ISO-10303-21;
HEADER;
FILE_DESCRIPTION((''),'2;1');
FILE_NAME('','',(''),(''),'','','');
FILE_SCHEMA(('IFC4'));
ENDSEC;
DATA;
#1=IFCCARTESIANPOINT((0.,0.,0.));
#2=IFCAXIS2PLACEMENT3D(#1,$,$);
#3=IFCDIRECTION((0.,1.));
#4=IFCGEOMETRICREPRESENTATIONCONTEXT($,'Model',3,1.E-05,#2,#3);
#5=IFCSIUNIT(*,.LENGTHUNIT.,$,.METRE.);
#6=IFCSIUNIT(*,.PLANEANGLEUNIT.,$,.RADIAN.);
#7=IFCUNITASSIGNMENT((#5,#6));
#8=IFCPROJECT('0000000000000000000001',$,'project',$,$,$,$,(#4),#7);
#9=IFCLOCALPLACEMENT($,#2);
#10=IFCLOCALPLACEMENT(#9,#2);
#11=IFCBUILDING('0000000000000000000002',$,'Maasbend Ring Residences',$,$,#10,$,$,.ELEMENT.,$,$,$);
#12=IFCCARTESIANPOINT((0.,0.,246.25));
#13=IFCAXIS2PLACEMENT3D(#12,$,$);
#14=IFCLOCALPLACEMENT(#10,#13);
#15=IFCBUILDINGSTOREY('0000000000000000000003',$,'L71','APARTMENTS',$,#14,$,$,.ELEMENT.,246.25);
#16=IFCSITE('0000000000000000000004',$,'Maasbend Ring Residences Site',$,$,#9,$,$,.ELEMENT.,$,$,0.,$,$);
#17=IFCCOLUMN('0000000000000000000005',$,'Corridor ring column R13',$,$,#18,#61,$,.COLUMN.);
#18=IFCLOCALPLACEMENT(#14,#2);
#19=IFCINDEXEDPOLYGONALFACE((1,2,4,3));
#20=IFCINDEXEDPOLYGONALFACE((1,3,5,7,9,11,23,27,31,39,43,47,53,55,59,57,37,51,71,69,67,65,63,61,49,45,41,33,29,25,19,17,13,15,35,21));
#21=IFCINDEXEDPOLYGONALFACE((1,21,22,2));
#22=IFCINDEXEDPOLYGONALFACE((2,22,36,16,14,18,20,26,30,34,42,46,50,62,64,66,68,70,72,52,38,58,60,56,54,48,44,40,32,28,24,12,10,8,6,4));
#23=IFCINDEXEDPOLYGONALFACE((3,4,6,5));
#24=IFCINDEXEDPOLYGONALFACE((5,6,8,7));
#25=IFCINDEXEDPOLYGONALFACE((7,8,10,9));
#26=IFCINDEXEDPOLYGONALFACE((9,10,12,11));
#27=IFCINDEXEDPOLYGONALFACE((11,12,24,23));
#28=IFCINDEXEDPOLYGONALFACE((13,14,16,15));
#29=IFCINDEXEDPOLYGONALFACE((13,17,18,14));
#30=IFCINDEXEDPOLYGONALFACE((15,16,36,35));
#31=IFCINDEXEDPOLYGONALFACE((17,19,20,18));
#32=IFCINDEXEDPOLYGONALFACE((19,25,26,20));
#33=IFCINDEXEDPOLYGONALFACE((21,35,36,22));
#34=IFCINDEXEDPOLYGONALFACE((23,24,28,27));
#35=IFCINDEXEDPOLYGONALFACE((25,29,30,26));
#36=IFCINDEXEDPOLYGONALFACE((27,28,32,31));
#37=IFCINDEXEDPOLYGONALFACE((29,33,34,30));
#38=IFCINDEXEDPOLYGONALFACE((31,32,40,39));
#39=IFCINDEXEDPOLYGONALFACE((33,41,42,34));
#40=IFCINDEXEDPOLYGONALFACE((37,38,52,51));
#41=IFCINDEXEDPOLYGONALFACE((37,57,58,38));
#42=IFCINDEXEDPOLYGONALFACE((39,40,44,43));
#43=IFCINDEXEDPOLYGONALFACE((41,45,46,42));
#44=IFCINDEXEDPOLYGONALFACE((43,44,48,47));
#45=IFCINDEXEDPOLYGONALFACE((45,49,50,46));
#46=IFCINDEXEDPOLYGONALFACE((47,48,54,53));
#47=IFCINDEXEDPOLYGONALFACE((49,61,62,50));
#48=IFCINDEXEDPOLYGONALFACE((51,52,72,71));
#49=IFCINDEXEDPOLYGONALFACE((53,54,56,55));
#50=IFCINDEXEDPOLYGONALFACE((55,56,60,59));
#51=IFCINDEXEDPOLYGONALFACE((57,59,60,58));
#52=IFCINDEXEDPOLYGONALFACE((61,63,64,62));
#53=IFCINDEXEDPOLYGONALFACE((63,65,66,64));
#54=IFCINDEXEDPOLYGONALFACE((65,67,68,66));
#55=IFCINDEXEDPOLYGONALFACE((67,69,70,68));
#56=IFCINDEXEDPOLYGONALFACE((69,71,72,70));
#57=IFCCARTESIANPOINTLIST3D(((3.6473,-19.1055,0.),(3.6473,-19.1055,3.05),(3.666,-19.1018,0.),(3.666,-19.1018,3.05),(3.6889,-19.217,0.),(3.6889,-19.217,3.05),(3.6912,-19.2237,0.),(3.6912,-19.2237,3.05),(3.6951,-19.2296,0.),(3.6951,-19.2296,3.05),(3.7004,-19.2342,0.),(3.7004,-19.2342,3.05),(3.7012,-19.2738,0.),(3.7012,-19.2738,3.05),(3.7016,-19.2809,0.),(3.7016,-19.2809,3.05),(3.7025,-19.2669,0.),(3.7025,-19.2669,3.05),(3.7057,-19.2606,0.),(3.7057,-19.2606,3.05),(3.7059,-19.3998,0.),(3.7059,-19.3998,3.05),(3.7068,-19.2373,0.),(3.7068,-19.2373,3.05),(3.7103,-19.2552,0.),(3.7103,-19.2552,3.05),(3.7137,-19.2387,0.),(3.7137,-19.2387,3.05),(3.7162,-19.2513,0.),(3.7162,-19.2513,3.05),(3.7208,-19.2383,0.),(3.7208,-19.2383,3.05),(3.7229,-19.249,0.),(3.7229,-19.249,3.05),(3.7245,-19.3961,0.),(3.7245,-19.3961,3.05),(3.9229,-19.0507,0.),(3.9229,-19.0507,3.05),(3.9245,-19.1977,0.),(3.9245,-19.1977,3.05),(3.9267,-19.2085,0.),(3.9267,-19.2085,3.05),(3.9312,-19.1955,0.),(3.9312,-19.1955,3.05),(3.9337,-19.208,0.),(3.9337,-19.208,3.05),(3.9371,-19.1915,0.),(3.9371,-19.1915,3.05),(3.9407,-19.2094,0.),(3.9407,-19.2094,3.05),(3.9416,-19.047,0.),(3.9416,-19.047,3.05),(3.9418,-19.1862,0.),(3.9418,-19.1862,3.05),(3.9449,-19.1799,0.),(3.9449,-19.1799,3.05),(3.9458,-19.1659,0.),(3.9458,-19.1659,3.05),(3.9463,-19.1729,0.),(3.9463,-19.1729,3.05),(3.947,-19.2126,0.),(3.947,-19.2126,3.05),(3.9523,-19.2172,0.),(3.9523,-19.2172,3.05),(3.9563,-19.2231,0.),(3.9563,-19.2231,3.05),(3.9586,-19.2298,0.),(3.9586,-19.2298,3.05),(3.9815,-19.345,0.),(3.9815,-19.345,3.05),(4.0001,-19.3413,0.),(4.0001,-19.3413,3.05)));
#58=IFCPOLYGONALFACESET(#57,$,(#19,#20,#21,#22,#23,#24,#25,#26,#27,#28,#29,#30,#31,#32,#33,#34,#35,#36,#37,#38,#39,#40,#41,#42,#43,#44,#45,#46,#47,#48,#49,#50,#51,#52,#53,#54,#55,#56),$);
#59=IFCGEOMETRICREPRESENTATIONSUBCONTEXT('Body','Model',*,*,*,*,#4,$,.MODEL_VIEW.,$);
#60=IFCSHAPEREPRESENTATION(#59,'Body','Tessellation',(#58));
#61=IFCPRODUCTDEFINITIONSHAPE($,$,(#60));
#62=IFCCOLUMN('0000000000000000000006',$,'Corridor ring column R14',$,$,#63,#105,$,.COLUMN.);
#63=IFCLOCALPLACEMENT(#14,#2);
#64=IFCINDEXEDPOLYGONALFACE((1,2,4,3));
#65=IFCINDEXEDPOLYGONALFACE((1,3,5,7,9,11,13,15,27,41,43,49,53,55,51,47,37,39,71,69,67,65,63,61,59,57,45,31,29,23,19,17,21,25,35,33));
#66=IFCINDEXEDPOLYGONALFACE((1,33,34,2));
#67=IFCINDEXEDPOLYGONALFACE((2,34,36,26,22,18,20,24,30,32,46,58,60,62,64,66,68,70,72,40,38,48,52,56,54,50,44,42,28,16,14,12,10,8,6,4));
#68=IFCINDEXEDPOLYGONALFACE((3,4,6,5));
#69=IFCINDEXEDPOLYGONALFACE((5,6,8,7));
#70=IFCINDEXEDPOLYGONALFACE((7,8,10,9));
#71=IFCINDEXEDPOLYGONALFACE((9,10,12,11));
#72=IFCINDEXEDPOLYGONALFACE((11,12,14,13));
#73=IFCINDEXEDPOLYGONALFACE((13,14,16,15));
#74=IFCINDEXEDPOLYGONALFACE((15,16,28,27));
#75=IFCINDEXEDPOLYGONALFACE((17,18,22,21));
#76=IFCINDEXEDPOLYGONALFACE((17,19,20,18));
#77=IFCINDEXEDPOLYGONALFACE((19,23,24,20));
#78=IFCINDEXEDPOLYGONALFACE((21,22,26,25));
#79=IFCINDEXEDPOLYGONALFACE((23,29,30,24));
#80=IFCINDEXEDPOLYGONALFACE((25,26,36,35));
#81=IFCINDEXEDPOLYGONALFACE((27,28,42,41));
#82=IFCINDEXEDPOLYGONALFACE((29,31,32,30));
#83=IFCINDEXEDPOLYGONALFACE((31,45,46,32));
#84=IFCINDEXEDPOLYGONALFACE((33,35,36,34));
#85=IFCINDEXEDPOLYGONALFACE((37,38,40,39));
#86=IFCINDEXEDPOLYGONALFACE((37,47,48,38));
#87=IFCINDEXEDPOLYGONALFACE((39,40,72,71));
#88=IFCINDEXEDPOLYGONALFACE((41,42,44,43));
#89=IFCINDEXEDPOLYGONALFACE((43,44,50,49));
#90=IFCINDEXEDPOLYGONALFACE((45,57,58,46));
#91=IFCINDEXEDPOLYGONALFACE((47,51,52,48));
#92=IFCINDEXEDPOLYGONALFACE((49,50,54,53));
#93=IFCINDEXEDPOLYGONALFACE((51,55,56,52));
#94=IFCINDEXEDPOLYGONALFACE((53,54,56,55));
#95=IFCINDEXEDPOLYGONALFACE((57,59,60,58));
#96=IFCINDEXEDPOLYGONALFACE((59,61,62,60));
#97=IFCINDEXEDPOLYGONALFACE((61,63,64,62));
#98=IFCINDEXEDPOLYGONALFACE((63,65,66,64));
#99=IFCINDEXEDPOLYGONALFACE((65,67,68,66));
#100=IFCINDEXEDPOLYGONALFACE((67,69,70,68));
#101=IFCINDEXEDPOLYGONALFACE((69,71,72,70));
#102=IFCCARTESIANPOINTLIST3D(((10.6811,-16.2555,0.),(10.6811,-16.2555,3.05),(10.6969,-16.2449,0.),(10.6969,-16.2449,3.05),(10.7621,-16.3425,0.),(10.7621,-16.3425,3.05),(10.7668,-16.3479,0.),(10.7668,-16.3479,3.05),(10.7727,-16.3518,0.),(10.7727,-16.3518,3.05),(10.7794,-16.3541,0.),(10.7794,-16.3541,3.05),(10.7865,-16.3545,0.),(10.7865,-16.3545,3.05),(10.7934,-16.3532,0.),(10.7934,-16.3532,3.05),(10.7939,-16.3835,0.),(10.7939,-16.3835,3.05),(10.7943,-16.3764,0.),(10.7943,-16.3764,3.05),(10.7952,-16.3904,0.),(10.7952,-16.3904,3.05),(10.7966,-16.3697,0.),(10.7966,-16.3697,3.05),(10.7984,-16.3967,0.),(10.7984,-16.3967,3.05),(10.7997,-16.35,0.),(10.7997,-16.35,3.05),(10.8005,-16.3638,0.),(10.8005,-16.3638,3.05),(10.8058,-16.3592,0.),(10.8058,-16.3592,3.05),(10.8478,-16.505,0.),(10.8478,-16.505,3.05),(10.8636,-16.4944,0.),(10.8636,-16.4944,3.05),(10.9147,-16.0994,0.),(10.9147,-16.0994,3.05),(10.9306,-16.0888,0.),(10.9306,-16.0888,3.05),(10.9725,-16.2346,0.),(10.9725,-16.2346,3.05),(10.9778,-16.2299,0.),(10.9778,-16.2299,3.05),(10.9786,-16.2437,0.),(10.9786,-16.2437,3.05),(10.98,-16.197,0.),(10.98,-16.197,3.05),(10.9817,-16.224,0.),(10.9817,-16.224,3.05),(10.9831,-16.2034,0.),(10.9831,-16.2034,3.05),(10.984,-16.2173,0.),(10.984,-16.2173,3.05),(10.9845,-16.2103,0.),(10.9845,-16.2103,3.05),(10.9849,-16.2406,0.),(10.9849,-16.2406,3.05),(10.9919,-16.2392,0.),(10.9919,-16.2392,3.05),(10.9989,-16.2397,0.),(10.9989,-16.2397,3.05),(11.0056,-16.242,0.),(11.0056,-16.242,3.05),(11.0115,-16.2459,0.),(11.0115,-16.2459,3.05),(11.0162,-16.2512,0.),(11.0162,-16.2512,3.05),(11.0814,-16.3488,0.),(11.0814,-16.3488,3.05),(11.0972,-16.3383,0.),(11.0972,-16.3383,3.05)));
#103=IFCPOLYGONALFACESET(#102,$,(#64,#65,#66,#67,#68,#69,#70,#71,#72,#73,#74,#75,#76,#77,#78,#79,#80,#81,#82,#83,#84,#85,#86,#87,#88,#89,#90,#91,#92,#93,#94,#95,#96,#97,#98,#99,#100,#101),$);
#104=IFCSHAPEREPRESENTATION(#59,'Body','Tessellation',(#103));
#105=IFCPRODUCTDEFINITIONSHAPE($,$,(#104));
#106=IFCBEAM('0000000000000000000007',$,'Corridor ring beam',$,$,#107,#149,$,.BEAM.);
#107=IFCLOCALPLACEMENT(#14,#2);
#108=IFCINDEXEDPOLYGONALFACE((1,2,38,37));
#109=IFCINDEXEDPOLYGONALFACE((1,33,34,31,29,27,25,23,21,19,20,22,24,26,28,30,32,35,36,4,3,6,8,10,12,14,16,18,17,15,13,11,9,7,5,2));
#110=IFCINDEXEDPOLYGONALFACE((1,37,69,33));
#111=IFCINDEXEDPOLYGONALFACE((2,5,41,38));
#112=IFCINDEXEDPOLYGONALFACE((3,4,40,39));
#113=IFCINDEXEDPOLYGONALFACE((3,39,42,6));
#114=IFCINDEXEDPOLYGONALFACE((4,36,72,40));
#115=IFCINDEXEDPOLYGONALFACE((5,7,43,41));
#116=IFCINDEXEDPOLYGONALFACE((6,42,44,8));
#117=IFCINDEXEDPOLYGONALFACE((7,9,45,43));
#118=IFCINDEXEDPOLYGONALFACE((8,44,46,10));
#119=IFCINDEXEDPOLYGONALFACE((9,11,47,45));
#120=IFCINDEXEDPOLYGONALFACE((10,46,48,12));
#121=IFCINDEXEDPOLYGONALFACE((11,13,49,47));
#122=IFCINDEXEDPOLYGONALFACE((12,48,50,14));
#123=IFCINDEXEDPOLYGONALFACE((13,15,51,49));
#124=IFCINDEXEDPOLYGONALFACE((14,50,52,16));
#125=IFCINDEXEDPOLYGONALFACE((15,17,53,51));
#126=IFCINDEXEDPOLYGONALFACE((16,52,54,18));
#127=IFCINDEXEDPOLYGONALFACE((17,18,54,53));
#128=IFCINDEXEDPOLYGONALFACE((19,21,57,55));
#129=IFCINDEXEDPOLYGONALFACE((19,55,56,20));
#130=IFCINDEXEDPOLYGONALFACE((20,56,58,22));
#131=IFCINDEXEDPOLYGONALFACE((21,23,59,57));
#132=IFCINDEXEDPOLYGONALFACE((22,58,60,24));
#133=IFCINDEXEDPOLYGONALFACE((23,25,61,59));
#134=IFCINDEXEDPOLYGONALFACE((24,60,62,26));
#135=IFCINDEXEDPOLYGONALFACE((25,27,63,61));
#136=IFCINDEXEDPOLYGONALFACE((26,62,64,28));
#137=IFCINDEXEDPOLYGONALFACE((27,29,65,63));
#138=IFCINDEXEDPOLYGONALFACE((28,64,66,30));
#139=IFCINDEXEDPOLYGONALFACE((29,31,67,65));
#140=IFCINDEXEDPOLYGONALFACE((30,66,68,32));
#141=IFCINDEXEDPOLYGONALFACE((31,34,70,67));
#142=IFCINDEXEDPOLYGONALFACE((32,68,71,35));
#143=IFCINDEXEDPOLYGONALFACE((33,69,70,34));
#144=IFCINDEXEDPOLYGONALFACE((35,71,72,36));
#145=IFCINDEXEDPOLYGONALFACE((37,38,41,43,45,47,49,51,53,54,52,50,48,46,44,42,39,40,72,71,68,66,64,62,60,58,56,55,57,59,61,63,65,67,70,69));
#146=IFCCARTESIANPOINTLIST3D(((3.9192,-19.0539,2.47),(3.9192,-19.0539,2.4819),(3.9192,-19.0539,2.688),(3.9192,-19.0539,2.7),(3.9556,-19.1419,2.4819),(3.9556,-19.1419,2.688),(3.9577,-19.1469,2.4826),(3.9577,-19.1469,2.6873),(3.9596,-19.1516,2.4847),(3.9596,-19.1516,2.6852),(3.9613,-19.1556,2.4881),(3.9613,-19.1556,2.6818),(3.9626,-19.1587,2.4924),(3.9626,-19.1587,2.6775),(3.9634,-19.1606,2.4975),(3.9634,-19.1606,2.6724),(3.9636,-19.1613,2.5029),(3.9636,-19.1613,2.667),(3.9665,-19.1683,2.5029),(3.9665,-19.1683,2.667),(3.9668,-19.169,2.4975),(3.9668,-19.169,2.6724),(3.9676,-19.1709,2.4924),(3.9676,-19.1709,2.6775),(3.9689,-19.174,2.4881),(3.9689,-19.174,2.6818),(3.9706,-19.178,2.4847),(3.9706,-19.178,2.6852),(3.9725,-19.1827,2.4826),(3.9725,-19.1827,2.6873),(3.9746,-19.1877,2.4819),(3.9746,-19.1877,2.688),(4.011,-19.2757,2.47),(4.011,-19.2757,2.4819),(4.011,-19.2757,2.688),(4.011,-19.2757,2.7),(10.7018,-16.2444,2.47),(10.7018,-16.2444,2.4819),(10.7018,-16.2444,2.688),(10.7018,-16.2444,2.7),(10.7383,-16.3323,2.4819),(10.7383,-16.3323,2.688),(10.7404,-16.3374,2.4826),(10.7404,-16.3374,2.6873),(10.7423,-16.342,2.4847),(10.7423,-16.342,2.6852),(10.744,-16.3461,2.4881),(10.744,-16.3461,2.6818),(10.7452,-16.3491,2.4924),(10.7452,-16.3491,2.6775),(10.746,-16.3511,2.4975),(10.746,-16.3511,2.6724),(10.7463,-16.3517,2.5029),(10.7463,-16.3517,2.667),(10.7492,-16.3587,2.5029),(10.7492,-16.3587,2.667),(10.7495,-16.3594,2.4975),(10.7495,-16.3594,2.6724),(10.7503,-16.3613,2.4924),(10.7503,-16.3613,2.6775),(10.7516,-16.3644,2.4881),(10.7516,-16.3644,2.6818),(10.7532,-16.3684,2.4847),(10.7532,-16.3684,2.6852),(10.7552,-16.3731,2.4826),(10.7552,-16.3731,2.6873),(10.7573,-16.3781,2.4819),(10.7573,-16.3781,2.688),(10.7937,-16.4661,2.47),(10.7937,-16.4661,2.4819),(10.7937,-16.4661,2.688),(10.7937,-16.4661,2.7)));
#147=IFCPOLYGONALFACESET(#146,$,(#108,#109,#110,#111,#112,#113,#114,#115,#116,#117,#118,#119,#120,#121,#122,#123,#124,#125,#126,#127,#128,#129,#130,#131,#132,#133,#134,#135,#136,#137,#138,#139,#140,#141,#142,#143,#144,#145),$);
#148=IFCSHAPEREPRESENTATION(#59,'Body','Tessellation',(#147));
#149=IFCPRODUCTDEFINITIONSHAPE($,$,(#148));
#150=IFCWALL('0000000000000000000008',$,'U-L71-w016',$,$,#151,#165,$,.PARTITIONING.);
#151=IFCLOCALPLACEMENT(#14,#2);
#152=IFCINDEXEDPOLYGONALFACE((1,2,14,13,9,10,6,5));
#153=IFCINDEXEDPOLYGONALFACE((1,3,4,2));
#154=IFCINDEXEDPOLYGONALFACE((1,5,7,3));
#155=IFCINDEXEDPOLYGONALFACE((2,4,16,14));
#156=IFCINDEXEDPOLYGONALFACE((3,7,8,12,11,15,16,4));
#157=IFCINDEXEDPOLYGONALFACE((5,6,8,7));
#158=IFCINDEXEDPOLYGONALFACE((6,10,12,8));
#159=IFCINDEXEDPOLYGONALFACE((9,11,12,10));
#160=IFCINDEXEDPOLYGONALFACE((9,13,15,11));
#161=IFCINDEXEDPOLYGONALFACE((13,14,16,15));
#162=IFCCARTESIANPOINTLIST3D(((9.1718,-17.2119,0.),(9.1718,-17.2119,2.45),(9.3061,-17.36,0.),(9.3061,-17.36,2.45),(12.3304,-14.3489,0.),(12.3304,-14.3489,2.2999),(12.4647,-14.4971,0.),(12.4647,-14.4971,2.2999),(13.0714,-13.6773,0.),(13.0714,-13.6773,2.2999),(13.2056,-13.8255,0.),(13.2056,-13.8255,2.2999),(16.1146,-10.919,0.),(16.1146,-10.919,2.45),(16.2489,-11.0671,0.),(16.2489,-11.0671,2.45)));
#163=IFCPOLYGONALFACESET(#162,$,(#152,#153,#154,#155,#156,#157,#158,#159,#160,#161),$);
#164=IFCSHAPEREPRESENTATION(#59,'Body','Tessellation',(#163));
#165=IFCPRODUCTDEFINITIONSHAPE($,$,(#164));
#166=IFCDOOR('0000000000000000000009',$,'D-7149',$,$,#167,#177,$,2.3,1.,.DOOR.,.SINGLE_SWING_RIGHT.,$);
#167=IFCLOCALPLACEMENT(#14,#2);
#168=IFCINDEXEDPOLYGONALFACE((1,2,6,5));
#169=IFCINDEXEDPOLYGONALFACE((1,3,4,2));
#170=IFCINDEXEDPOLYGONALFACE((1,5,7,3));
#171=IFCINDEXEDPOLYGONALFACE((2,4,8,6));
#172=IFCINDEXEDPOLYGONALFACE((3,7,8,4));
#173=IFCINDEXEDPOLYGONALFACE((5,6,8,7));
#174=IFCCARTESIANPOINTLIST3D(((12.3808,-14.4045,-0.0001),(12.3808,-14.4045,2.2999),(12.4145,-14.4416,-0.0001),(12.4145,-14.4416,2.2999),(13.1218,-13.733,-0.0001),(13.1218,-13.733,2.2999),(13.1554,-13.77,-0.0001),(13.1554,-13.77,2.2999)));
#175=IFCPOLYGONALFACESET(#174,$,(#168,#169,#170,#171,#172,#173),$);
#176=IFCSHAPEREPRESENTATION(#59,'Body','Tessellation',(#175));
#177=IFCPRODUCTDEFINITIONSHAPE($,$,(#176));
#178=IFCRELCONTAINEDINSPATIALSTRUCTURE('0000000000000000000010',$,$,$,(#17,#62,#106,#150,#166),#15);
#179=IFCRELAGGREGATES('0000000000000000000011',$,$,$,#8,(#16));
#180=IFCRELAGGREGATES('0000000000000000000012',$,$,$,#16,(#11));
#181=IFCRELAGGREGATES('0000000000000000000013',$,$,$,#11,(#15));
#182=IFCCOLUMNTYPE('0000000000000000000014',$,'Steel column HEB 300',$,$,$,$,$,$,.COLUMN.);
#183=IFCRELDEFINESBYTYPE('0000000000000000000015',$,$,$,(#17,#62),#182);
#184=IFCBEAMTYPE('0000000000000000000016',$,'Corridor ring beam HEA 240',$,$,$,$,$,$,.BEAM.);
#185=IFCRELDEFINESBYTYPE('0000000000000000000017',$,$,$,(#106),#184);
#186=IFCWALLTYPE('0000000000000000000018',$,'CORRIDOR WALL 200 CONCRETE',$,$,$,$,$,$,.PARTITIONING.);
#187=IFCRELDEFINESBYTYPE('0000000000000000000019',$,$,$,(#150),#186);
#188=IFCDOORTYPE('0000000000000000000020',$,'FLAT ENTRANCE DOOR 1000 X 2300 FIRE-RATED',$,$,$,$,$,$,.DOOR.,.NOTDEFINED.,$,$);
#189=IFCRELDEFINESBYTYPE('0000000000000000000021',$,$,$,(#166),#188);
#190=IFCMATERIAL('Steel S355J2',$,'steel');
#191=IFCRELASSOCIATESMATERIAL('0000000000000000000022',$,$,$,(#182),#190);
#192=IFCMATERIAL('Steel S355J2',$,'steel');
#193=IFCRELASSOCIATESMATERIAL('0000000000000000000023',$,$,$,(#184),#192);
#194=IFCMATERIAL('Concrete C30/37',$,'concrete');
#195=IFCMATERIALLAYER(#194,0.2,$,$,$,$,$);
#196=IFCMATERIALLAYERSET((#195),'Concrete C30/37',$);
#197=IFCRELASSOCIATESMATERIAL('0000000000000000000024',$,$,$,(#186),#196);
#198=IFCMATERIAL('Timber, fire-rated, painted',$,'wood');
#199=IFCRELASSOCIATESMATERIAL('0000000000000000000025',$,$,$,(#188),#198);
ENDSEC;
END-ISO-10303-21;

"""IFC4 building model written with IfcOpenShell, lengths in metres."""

from ifc_helpers import new_model, si_unit, direction, frame, frame_2d, origin, origin_2d, place, context, subcontext, project, spatial, rectangle, i_section, extrude, material, layer, layer_set, material_profile, profile_set, type_object, element, fill, save


model = new_model("IFC4")

# Units and contexts
model_context = context("Model", 3, precision=1e-05, world=origin(), true_north=direction((0.0, 1.0)))
body_context = subcontext(model_context, "Body", "Model", "MODEL_VIEW")
ifc_project = project(units=[si_unit("LENGTHUNIT", "METRE"), si_unit("PLANEANGLEUNIT", "RADIAN")], contexts=[model_context])

# Site, building, storey
site_placement = place(None, origin())
site = spatial("IfcSite", under=ifc_project, at=site_placement, Name="Maasbend Ring Residences Site", CompositionType="ELEMENT", RefElevation=0.0)
building_placement = place(site_placement, origin())
building = spatial("IfcBuilding", under=site, at=building_placement, Name="Maasbend Ring Residences", CompositionType="ELEMENT")
storey_placement = place(building_placement, frame((0.0, 0.0, 246.25)))
storey = spatial("IfcBuildingStorey", under=building, at=storey_placement, Name="L71", Description="APARTMENTS", CompositionType="ELEMENT", Elevation=246.25)

# Columns
ifc_material_1 = material(Name="Steel S355J2", Category="steel")
ifc_material_profile_1 = material_profile(ifc_material_1, i_section(OverallWidth=0.3, OverallDepth=0.3, WebThickness=0.011, FlangeThickness=0.019, FilletRadius=0.0271, at=origin_2d()), Name="HEB 300")
ifc_profile_set_1 = profile_set([ifc_material_profile_1], Name="Steel S355J2")
column_type = type_object("IfcColumnType", Name="Steel column HEB 300", PredefinedType="COLUMN", material=ifc_profile_set_1)
for number, where, z_axis, x_axis, name in (
    (1, (3.8237, -19.2234, 0.0), (0.0, 0.0, 1.0), (0.19509, -0.980785, 0.0), "Corridor ring column R13"),
    (2, (10.8892, -16.2969, 0.0), (0.0, 0.0, 1.0), (0.55557, -0.83147, 0.0), "Corridor ring column R14"),
):
    element("IfcColumn", number, at=place(storey_placement, frame(where, z_axis=z_axis, x_axis=x_axis)), inside=storey, type_object=column_type, Name=name, PredefinedType="COLUMN", context=body_context, shape_type="SweptSolid", body=[
        extrude(i_section(OverallWidth=0.3, OverallDepth=0.3, WebThickness=0.011, FlangeThickness=0.019, FilletRadius=0.0271, at=origin_2d()), origin(), (0.0, 0.0, 1.0), 3.05),
    ])

# Beam
ifc_material_2 = material(Name="Steel S355J2", Category="steel")
ifc_material_profile_2 = material_profile(ifc_material_2, i_section(OverallWidth=0.24, OverallDepth=0.23, WebThickness=0.0076, FlangeThickness=0.012, FilletRadius=0.021, at=origin_2d()), Name="HEA 240")
ifc_profile_set_2 = profile_set([ifc_material_profile_2], Name="Steel S355J2")
beam_type = type_object("IfcBeamType", Name="Corridor ring beam HEA 240", PredefinedType="BEAM", material=ifc_profile_set_2)
beam_placement = place(storey_placement, frame((3.9651, -19.1648, 2.585), z_axis=(0.923876, 0.382692, 0.0), x_axis=(-0.382692, 0.923876, 0.0)))
element("IfcBeam", 3, at=beam_placement, inside=storey, type_object=beam_type, Name="Corridor ring beam", PredefinedType="BEAM", context=body_context, shape_type="SweptSolid", body=[
    extrude(i_section(OverallWidth=0.24, OverallDepth=0.23, WebThickness=0.0076, FlangeThickness=0.012, FilletRadius=0.021, at=origin_2d()), origin(), (0.0, 0.0, 1.0), 7.3416),
])

# Wall, opening, door
ifc_material_3 = material(Name="Concrete C30/37", Category="concrete")
ifc_layer_1 = layer(ifc_material_3, 0.2)
ifc_layer_set_1 = layer_set([ifc_layer_1], Name="Concrete C30/37")
wall_type_1 = type_object("IfcWallType", Name="CORRIDOR WALL 200 CONCRETE", PredefinedType="PARTITIONING", material=ifc_layer_set_1)
wall_1_placement = place(storey_placement, frame((9.239, -17.2859, 0.0), z_axis=(0.0, 0.0, 1.0), x_axis=(0.740934, 0.671578, 0.0)))
wall_1 = element("IfcWall", 4, at=wall_1_placement, inside=storey, type_object=wall_type_1, Name="U-L71-w016", PredefinedType="PARTITIONING", context=body_context, shape_type="SweptSolid", body=[
    extrude(rectangle(XDim=9.3704, YDim=0.2, at=frame_2d((4.6851, 0.0))), origin(), (0.0, 0.0, 1.0), 2.45),
])
opening_1_placement = place(wall_1_placement, frame((4.2629, 0.0, 0.0)))
opening_1 = element("IfcOpeningElement", 5, at=opening_1_placement, cuts=wall_1, PredefinedType="OPENING", context=body_context, shape_type="SweptSolid", body=[
    extrude(rectangle(XDim=1.0, YDim=2.3, at=frame_2d((0.5, 1.1499))), frame((0.0, 0.1099, 0.0), z_axis=(0.0, -1.0, 0.0), x_axis=(1.0, 0.0, 0.0)), (0.0, 0.0, 1.0), 0.22),
])
ifc_material_4 = material(Name="Timber, fire-rated, painted", Category="wood")
door_type_1 = type_object("IfcDoorType", Name="FLAT ENTRANCE DOOR 1000 X 2300 FIRE-RATED", OperationType="NOTDEFINED", PredefinedType="DOOR", material=ifc_material_4)
door_1_placement = place(opening_1_placement, origin())
door_1 = element("IfcDoor", 6, at=door_1_placement, inside=storey, type_object=door_type_1, Name="D-7149", OperationType="SINGLE_SWING_RIGHT", OverallHeight=2.3, OverallWidth=1.0, PredefinedType="DOOR", context=body_context, shape_type="SweptSolid", body=[
    extrude(rectangle(XDim=1.0, YDim=2.3, at=frame_2d((0.5, 1.1499))), frame((0.0, 0.0249, 0.0), z_axis=(0.0, -1.0, 0.0), x_axis=(1.0, 0.0, 0.0)), (0.0, 0.0, 1.0), 0.05),
])
fill(opening_1, door_1)

save(model, "model.ifc")
